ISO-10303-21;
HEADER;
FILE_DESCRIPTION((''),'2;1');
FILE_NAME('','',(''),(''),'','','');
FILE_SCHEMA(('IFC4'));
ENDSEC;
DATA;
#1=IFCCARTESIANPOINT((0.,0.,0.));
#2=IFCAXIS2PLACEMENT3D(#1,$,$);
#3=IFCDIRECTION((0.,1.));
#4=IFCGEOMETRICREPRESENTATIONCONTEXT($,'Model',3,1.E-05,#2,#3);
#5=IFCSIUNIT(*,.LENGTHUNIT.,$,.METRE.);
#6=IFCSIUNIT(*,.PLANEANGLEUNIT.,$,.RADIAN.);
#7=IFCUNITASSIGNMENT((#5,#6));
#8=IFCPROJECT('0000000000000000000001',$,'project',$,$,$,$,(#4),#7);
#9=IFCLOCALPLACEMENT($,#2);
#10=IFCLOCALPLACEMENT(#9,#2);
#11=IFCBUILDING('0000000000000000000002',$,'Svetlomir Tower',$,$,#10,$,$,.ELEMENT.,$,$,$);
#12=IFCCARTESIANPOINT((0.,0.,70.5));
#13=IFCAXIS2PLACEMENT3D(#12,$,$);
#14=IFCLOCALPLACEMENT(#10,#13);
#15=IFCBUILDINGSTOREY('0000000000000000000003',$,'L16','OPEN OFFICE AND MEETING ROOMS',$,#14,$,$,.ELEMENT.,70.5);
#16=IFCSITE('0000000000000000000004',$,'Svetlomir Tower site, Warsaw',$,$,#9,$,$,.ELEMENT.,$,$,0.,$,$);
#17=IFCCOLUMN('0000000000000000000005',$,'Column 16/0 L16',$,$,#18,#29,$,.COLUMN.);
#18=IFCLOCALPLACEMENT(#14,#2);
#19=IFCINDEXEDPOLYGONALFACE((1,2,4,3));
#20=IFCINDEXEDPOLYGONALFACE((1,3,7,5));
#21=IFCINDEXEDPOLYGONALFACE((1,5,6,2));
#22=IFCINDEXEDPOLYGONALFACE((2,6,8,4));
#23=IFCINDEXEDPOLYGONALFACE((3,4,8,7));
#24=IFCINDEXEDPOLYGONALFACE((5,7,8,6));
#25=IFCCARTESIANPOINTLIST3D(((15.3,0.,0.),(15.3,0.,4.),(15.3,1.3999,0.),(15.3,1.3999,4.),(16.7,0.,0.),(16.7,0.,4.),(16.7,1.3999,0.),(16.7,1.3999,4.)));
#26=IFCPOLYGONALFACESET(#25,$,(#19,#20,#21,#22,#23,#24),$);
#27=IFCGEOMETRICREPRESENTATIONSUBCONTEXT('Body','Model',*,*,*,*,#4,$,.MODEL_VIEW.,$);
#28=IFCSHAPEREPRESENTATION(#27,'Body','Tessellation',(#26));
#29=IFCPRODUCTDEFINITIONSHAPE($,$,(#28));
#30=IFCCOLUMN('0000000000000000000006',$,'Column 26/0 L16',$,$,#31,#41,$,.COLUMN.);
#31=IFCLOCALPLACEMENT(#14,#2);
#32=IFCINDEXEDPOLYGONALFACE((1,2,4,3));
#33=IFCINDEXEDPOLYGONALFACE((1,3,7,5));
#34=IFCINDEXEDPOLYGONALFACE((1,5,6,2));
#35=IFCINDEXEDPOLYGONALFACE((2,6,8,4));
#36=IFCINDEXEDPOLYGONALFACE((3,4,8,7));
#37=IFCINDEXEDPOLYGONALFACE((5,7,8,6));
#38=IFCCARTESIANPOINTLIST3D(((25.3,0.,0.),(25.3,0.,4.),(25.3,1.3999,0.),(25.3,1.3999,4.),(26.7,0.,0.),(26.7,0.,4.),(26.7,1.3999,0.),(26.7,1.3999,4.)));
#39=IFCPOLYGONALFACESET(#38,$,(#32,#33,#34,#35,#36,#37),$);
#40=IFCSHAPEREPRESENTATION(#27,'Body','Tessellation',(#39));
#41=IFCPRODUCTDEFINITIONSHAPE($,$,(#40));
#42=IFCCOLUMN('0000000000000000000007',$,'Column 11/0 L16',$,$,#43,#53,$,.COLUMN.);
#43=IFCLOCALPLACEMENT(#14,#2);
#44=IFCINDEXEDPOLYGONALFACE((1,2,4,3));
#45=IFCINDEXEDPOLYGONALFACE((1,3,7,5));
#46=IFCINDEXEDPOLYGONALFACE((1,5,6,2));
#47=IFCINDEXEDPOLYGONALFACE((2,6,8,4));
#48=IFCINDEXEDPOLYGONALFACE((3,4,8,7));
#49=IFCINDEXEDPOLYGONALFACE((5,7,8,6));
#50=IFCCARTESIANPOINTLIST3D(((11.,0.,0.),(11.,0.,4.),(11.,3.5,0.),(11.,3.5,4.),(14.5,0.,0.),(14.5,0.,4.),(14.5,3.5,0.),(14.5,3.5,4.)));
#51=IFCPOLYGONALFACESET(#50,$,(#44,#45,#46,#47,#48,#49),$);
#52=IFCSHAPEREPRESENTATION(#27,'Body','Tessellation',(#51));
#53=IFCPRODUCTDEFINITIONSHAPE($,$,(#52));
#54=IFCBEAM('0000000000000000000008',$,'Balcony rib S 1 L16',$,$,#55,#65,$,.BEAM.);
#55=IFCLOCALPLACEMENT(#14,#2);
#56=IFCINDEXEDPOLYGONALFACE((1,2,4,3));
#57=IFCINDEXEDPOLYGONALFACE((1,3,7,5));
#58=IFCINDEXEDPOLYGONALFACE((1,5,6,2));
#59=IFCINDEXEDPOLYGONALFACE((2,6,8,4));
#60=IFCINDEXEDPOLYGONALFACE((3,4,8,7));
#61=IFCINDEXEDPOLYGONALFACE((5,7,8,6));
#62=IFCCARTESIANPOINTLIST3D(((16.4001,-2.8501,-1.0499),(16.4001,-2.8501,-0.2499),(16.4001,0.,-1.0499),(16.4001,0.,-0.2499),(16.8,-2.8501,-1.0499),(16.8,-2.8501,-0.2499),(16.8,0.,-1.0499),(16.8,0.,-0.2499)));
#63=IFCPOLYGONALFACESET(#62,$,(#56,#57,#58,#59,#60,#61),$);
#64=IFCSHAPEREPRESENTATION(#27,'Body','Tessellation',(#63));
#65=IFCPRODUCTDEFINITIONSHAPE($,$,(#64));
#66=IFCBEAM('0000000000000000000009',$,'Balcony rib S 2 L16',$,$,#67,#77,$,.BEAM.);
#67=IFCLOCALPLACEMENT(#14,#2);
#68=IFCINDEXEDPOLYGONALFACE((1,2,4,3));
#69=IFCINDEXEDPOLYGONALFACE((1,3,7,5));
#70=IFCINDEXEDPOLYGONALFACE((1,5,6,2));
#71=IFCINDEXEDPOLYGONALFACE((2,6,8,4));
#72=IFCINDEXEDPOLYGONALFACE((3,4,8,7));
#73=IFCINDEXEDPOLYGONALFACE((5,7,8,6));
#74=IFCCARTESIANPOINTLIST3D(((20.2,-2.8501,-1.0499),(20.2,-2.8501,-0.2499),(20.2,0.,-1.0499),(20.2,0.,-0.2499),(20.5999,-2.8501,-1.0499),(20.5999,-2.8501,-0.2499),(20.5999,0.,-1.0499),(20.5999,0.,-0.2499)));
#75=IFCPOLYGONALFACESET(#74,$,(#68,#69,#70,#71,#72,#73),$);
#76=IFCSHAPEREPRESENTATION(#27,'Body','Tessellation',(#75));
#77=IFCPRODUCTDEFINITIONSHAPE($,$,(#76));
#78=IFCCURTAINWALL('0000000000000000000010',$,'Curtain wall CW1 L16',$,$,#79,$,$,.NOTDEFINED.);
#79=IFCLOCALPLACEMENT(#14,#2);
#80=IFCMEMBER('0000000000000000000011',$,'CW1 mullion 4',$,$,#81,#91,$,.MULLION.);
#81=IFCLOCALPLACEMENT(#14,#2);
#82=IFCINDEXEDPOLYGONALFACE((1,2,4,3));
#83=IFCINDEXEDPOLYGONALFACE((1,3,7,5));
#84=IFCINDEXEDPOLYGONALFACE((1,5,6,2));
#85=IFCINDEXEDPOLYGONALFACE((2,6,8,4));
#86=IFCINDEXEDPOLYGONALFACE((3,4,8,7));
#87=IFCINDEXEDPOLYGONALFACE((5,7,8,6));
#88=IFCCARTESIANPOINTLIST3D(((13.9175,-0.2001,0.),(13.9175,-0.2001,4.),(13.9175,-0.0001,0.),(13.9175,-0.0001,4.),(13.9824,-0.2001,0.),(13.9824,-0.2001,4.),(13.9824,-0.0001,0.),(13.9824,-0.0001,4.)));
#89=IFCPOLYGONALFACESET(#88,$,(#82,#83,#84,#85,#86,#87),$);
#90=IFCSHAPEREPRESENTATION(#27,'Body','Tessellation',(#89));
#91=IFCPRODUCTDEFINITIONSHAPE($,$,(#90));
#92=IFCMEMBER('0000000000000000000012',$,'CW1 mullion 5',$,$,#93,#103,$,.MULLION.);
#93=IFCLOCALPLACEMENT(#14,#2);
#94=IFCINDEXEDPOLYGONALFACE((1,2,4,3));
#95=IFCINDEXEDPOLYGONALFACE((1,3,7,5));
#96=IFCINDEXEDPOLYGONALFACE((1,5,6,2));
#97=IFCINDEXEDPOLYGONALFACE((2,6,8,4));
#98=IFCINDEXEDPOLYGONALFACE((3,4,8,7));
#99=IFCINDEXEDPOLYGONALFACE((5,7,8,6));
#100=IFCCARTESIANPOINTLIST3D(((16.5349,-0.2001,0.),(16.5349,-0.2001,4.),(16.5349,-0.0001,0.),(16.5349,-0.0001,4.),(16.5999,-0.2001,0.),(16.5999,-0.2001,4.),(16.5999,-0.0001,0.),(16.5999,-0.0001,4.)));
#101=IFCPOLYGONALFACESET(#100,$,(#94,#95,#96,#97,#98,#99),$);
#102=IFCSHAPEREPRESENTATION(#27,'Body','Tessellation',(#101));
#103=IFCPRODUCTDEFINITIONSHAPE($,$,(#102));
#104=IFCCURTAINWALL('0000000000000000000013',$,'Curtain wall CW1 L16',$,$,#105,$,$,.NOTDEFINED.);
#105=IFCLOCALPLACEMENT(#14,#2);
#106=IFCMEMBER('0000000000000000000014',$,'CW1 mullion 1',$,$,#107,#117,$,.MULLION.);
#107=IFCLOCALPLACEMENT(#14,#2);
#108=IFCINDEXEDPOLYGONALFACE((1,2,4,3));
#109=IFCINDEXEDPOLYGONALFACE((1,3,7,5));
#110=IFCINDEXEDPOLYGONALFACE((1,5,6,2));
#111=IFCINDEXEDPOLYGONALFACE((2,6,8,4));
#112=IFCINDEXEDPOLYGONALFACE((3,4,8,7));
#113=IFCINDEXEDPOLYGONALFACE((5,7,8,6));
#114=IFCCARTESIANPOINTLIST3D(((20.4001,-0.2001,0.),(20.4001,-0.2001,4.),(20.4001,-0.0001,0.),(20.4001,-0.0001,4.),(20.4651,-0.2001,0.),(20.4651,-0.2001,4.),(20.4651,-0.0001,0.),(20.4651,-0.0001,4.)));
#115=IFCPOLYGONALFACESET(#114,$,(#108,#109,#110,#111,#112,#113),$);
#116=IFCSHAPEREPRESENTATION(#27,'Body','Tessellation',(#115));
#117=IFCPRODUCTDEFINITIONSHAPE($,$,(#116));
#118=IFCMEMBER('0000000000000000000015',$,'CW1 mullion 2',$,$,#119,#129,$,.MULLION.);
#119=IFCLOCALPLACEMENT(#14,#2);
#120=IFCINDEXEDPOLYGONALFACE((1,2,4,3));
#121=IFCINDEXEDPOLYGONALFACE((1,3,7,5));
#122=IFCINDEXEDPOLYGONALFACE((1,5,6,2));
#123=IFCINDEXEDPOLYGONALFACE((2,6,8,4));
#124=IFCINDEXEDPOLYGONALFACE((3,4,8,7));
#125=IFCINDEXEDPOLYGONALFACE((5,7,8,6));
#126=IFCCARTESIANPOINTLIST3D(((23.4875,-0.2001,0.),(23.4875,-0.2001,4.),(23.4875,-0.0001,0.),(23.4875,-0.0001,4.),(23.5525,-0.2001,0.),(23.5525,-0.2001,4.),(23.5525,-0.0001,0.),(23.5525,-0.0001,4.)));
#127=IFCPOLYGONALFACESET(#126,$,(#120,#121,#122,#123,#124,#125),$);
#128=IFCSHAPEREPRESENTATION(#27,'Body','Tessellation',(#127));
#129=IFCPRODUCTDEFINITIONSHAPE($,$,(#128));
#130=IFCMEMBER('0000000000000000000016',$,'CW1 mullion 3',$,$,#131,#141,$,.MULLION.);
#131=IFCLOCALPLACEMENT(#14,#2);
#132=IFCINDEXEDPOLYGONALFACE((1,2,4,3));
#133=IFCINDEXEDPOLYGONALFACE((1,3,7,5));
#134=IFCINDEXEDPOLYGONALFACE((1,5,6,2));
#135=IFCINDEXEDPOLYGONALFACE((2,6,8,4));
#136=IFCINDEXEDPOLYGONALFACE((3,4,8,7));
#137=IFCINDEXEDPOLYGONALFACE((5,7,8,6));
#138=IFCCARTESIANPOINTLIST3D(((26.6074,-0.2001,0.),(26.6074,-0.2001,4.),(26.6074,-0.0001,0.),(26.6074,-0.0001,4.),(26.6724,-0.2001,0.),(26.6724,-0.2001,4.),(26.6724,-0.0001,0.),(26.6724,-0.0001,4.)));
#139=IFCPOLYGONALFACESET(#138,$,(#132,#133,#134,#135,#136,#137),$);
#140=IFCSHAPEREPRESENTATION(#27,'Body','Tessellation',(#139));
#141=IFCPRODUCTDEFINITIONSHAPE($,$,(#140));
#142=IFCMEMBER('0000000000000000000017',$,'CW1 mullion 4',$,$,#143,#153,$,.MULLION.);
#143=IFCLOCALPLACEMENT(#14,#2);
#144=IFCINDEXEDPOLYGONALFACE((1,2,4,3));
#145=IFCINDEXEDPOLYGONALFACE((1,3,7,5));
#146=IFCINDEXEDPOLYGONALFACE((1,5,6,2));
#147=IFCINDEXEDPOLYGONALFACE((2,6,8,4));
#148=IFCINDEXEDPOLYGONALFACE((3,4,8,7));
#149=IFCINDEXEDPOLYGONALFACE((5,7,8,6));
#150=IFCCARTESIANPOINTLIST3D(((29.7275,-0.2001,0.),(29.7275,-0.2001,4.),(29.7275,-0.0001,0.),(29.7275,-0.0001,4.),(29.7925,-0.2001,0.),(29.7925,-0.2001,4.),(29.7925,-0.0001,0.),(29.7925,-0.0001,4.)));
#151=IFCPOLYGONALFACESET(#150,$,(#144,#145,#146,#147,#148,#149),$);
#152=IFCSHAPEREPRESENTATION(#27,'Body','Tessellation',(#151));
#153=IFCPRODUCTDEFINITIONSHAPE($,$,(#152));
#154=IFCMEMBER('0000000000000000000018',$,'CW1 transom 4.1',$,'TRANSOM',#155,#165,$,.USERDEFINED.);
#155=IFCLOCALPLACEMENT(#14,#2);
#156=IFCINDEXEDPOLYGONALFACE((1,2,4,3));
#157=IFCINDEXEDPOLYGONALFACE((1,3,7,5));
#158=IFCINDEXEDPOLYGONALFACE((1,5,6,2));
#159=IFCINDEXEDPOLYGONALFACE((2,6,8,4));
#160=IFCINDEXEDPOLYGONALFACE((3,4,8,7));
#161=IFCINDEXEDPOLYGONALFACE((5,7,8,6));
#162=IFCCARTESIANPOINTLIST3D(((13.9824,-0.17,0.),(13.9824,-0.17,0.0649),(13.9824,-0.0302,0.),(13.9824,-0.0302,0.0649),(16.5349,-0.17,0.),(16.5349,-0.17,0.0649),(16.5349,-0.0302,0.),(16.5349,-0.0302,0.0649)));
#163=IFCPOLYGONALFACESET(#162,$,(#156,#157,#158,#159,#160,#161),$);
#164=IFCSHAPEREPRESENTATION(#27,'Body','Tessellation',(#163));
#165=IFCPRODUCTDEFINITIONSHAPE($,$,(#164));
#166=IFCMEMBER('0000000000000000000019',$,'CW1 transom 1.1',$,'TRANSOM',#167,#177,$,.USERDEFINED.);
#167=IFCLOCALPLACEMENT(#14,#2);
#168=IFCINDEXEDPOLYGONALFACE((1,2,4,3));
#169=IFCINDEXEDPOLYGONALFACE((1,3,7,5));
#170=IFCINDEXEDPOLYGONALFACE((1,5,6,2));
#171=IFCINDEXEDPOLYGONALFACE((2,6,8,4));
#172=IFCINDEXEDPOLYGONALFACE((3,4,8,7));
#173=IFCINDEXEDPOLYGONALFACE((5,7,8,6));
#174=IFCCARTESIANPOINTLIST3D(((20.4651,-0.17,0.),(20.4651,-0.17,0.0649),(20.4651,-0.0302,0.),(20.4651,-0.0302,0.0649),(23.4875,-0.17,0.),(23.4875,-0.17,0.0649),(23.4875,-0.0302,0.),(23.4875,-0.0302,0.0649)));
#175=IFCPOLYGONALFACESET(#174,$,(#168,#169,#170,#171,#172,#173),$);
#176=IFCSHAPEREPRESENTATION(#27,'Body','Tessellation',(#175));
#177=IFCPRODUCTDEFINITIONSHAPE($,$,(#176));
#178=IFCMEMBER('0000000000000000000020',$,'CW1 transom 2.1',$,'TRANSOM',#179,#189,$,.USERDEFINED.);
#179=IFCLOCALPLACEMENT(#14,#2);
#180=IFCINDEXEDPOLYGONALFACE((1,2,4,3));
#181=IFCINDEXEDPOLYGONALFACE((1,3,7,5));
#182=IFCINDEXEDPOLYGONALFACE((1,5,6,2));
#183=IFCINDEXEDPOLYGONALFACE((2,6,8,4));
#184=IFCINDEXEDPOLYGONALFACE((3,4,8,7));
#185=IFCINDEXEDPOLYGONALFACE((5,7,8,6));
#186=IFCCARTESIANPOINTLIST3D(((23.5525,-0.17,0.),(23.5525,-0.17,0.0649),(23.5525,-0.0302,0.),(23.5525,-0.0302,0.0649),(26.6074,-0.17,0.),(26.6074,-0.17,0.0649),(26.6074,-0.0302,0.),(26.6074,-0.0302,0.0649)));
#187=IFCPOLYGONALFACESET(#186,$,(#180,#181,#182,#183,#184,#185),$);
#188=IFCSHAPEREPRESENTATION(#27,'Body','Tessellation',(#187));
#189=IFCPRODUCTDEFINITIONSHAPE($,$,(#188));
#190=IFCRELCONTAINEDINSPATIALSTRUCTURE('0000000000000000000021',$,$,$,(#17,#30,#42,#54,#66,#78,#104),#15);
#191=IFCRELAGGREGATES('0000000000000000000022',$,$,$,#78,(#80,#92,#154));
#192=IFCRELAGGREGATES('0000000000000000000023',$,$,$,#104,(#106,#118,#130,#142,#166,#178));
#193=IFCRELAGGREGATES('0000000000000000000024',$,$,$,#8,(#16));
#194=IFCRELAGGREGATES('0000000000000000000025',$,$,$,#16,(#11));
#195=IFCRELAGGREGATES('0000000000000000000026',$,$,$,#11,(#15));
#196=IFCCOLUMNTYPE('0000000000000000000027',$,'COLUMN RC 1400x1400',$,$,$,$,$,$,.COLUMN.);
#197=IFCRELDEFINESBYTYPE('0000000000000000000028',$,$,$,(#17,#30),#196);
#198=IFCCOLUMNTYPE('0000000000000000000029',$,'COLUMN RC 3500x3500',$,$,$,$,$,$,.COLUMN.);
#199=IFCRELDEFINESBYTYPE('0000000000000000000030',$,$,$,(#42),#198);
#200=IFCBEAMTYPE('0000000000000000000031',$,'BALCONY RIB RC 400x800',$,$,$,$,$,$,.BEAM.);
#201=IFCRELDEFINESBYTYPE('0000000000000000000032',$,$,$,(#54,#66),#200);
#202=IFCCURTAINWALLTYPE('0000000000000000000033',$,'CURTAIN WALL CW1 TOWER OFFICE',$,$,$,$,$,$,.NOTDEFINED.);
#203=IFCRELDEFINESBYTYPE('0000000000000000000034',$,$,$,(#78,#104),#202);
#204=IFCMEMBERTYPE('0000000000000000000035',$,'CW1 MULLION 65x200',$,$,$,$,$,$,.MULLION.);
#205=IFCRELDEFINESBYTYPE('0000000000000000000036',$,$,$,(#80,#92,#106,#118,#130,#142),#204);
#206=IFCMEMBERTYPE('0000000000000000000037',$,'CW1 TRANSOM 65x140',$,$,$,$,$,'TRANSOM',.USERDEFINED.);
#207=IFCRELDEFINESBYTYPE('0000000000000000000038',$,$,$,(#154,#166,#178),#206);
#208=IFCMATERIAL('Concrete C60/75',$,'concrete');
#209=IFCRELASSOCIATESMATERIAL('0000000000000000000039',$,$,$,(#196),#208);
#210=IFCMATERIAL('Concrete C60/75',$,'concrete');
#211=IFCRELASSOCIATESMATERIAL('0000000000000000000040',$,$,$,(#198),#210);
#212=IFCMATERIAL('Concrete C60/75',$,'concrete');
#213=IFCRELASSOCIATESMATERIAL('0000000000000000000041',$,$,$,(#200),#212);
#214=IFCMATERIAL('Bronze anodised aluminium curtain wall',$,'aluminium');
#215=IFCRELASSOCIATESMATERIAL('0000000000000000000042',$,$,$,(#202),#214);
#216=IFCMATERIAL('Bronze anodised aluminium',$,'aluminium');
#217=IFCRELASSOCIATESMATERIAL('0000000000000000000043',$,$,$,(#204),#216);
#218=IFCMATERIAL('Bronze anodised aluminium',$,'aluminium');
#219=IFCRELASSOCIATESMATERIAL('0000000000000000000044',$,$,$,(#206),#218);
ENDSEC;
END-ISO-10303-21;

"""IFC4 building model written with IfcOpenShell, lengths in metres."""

from ifc_helpers import new_model, si_unit, direction, frame, origin, origin_2d, place, context, subcontext, project, spatial, rectangle, extrude, material, material_profile, profile_set, type_object, element, aggregate, save


model = new_model("IFC4")

# Units and contexts
model_context = context("Model", 3, precision=1e-05, world=origin(), true_north=direction((0.0, 1.0)))
body_context = subcontext(model_context, "Body", "Model", "MODEL_VIEW")
ifc_project = project(units=[si_unit("LENGTHUNIT", "METRE"), si_unit("PLANEANGLEUNIT", "RADIAN")], contexts=[model_context])

# Site, building, storey
site_placement = place(None, origin())
site = spatial("IfcSite", under=ifc_project, at=site_placement, Name="Svetlomir Tower site, Warsaw", CompositionType="ELEMENT", RefElevation=0.0)
building_placement = place(site_placement, origin())
building = spatial("IfcBuilding", under=site, at=building_placement, Name="Svetlomir Tower", CompositionType="ELEMENT")
storey_placement = place(building_placement, frame((0.0, 0.0, 70.5)))
storey = spatial("IfcBuildingStorey", under=building, at=storey_placement, Name="L16", Description="OPEN OFFICE AND MEETING ROOMS", CompositionType="ELEMENT", Elevation=70.5)

# Columns
ifc_material_1 = material(Name="Concrete C60/75", Category="concrete")
ifc_material_profile_1 = material_profile(ifc_material_1, rectangle(XDim=1.3999, YDim=1.3999, at=origin_2d()), Name="RC 1400x1400")
ifc_profile_set_1 = profile_set([ifc_material_profile_1], Name="Concrete C60/75")
column_type_1 = type_object("IfcColumnType", Name="COLUMN RC 1400x1400", PredefinedType="COLUMN", material=ifc_profile_set_1)
for number, where, z_axis, x_axis, name in (
    (1, (16.0, 0.7, 0.0), (0.0, 0.0, 1.0), (1.0, 0.0, 0.0), "Column 16/0 L16"),
    (2, (26.0, 0.7, 0.0), (0.0, 0.0, 1.0), (1.0, 0.0, 0.0), "Column 26/0 L16"),
):
    element("IfcColumn", number, at=place(storey_placement, frame(where, z_axis=z_axis, x_axis=x_axis)), inside=storey, type_object=column_type_1, Name=name, PredefinedType="COLUMN", context=body_context, shape_type="SweptSolid", body=[
        extrude(rectangle(XDim=1.3999, YDim=1.3999, at=origin_2d()), origin(), (0.0, 0.0, 1.0), 4.0),
    ])
ifc_material_2 = material(Name="Concrete C60/75", Category="concrete")
ifc_material_profile_2 = material_profile(ifc_material_2, rectangle(XDim=3.5, YDim=3.5, at=origin_2d()), Name="RC 3500x3500")
ifc_profile_set_2 = profile_set([ifc_material_profile_2], Name="Concrete C60/75")
column_type_2 = type_object("IfcColumnType", Name="COLUMN RC 3500x3500", PredefinedType="COLUMN", material=ifc_profile_set_2)
column_placement = place(storey_placement, frame((12.75, 1.75, 0.0), z_axis=(0.0, 0.0, 1.0), x_axis=(1.0, 0.0, 0.0)))
element("IfcColumn", 3, at=column_placement, inside=storey, type_object=column_type_2, Name="Column 11/0 L16", PredefinedType="COLUMN", context=body_context, shape_type="SweptSolid", body=[
    extrude(rectangle(XDim=3.5, YDim=3.5, at=origin_2d()), origin(), (0.0, 0.0, 1.0), 4.0),
])

# Beams
ifc_material_3 = material(Name="Concrete C60/75", Category="concrete")
ifc_material_profile_3 = material_profile(ifc_material_3, rectangle(XDim=0.3999, YDim=0.8, at=origin_2d()), Name="RC 400x800")
ifc_profile_set_3 = profile_set([ifc_material_profile_3], Name="Concrete C60/75")
beam_type_1 = type_object("IfcBeamType", Name="BALCONY RIB RC 400x800", PredefinedType="BEAM", material=ifc_profile_set_3)
for number, where, z_axis, x_axis, name in (
    (4, (16.6001, 0.0, -0.6499), (0.0, -1.0, 0.0), (1.0, 0.0, 0.0), "Balcony rib S 1 L16"),
    (5, (20.3999, 0.0, -0.6499), (0.0, -1.0, 0.0), (1.0, 0.0, 0.0), "Balcony rib S 2 L16"),
):
    element("IfcBeam", number, at=place(storey_placement, frame(where, z_axis=z_axis, x_axis=x_axis)), inside=storey, type_object=beam_type_1, Name=name, PredefinedType="BEAM", context=body_context, shape_type="SweptSolid", body=[
        extrude(rectangle(XDim=0.3999, YDim=0.8, at=origin_2d()), origin(), (0.0, 0.0, 1.0), 2.8501),
    ])

# Curtain walls, members
ifc_material_4 = material(Name="Bronze anodised aluminium curtain wall", Category="aluminium")
curtain_wall_type = type_object("IfcCurtainWallType", Name="CURTAIN WALL CW1 TOWER OFFICE", PredefinedType="NOTDEFINED", material=ifc_material_4)
curtain_wall_1_placement = place(storey_placement, origin())
curtain_wall_1 = element("IfcCurtainWall", 6, at=curtain_wall_1_placement, inside=storey, type_object=curtain_wall_type, Name="Curtain wall CW1 L16", PredefinedType="NOTDEFINED")
ifc_material_5 = material(Name="Bronze anodised aluminium", Category="aluminium")
ifc_material_profile_4 = material_profile(ifc_material_5, rectangle(XDim=0.0649, YDim=0.2, at=origin_2d()), Name="AL 65x200")
ifc_profile_set_4 = profile_set([ifc_material_profile_4], Name="Bronze anodised aluminium 6063-T6")
member_type_1 = type_object("IfcMemberType", Name="CW1 MULLION 65x200", PredefinedType="MULLION", material=ifc_profile_set_4)
member_1_placement = place(storey_placement, frame((13.95, -0.1001, 0.0), z_axis=(0.0, 0.0, 1.0), x_axis=(1.0, 0.0, 0.0)))
member_1 = element("IfcMember", 7, at=member_1_placement, type_object=member_type_1, Name="CW1 mullion 4", PredefinedType="MULLION", context=body_context, shape_type="SweptSolid", body=[
    extrude(rectangle(XDim=0.0649, YDim=0.2, at=origin_2d()), origin(), (0.0, 0.0, 1.0), 4.0),
])
member_2_placement = place(storey_placement, frame((16.5674, -0.1001, 0.0), z_axis=(0.0, 0.0, 1.0), x_axis=(1.0, 0.0, 0.0)))
member_2 = element("IfcMember", 8, at=member_2_placement, type_object=member_type_1, Name="CW1 mullion 5", PredefinedType="MULLION", context=body_context, shape_type="SweptSolid", body=[
    extrude(rectangle(XDim=0.0649, YDim=0.2, at=origin_2d()), origin(), (0.0, 0.0, 1.0), 4.0),
])
curtain_wall_2_placement = place(storey_placement, origin())
curtain_wall_2 = element("IfcCurtainWall", 9, at=curtain_wall_2_placement, inside=storey, type_object=curtain_wall_type, Name="Curtain wall CW1 L16", PredefinedType="NOTDEFINED")
member_3_placement = place(storey_placement, frame((20.4326, -0.1001, 0.0), z_axis=(0.0, 0.0, 1.0), x_axis=(1.0, 0.0, 0.0)))
member_3 = element("IfcMember", 10, at=member_3_placement, type_object=member_type_1, Name="CW1 mullion 1", PredefinedType="MULLION", context=body_context, shape_type="SweptSolid", body=[
    extrude(rectangle(XDim=0.0649, YDim=0.2, at=origin_2d()), origin(), (0.0, 0.0, 1.0), 4.0),
])
member_4_placement = place(storey_placement, frame((23.52, -0.1001, 0.0), z_axis=(0.0, 0.0, 1.0), x_axis=(1.0, 0.0, 0.0)))
member_4 = element("IfcMember", 11, at=member_4_placement, type_object=member_type_1, Name="CW1 mullion 2", PredefinedType="MULLION", context=body_context, shape_type="SweptSolid", body=[
    extrude(rectangle(XDim=0.0649, YDim=0.2, at=origin_2d()), origin(), (0.0, 0.0, 1.0), 4.0),
])
member_5_placement = place(storey_placement, frame((26.6399, -0.1001, 0.0), z_axis=(0.0, 0.0, 1.0), x_axis=(1.0, 0.0, 0.0)))
member_5 = element("IfcMember", 12, at=member_5_placement, type_object=member_type_1, Name="CW1 mullion 3", PredefinedType="MULLION", context=body_context, shape_type="SweptSolid", body=[
    extrude(rectangle(XDim=0.0649, YDim=0.2, at=origin_2d()), origin(), (0.0, 0.0, 1.0), 4.0),
])
member_6_placement = place(storey_placement, frame((29.76, -0.1001, 0.0), z_axis=(0.0, 0.0, 1.0), x_axis=(1.0, 0.0, 0.0)))
member_6 = element("IfcMember", 13, at=member_6_placement, type_object=member_type_1, Name="CW1 mullion 4", PredefinedType="MULLION", context=body_context, shape_type="SweptSolid", body=[
    extrude(rectangle(XDim=0.0649, YDim=0.2, at=origin_2d()), origin(), (0.0, 0.0, 1.0), 4.0),
])

# Members
ifc_material_6 = material(Name="Bronze anodised aluminium", Category="aluminium")
ifc_material_profile_5 = material_profile(ifc_material_6, rectangle(XDim=0.1399, YDim=0.0649, at=origin_2d()), Name="AL 140x65")
ifc_profile_set_5 = profile_set([ifc_material_profile_5], Name="Bronze anodised aluminium 6063-T6")
member_type_2 = type_object("IfcMemberType", Name="CW1 TRANSOM 65x140", ElementType="TRANSOM", PredefinedType="USERDEFINED", material=ifc_profile_set_5)
member_7_placement = place(storey_placement, frame((13.9824, -0.1001, 0.0325), z_axis=(1.0, 0.0, 0.0), x_axis=(0.0, 1.0, 0.0)))
member_7 = element("IfcMember", 14, at=member_7_placement, type_object=member_type_2, Name="CW1 transom 4.1", ObjectType="TRANSOM", PredefinedType="USERDEFINED", context=body_context, shape_type="SweptSolid", body=[
    extrude(rectangle(XDim=0.1399, YDim=0.0649, at=origin_2d()), origin(), (0.0, 0.0, 1.0), 2.5525),
])
member_8_placement = place(storey_placement, frame((20.4651, -0.1001, 0.0325), z_axis=(1.0, 0.0, 0.0), x_axis=(0.0, 1.0, 0.0)))
member_8 = element("IfcMember", 15, at=member_8_placement, type_object=member_type_2, Name="CW1 transom 1.1", ObjectType="TRANSOM", PredefinedType="USERDEFINED", context=body_context, shape_type="SweptSolid", body=[
    extrude(rectangle(XDim=0.1399, YDim=0.0649, at=origin_2d()), origin(), (0.0, 0.0, 1.0), 3.0225),
])
member_9_placement = place(storey_placement, frame((23.5525, -0.1001, 0.0325), z_axis=(1.0, 0.0, 0.0), x_axis=(0.0, 1.0, 0.0)))
member_9 = element("IfcMember", 16, at=member_9_placement, type_object=member_type_2, Name="CW1 transom 2.1", ObjectType="TRANSOM", PredefinedType="USERDEFINED", context=body_context, shape_type="SweptSolid", body=[
    extrude(rectangle(XDim=0.1399, YDim=0.0649, at=origin_2d()), origin(), (0.0, 0.0, 1.0), 3.0549),
])

aggregate(curtain_wall_1, [member_1, member_2, member_7])
aggregate(curtain_wall_2, [member_3, member_4, member_5, member_6, member_8, member_9])

save(model, "model.ifc")
